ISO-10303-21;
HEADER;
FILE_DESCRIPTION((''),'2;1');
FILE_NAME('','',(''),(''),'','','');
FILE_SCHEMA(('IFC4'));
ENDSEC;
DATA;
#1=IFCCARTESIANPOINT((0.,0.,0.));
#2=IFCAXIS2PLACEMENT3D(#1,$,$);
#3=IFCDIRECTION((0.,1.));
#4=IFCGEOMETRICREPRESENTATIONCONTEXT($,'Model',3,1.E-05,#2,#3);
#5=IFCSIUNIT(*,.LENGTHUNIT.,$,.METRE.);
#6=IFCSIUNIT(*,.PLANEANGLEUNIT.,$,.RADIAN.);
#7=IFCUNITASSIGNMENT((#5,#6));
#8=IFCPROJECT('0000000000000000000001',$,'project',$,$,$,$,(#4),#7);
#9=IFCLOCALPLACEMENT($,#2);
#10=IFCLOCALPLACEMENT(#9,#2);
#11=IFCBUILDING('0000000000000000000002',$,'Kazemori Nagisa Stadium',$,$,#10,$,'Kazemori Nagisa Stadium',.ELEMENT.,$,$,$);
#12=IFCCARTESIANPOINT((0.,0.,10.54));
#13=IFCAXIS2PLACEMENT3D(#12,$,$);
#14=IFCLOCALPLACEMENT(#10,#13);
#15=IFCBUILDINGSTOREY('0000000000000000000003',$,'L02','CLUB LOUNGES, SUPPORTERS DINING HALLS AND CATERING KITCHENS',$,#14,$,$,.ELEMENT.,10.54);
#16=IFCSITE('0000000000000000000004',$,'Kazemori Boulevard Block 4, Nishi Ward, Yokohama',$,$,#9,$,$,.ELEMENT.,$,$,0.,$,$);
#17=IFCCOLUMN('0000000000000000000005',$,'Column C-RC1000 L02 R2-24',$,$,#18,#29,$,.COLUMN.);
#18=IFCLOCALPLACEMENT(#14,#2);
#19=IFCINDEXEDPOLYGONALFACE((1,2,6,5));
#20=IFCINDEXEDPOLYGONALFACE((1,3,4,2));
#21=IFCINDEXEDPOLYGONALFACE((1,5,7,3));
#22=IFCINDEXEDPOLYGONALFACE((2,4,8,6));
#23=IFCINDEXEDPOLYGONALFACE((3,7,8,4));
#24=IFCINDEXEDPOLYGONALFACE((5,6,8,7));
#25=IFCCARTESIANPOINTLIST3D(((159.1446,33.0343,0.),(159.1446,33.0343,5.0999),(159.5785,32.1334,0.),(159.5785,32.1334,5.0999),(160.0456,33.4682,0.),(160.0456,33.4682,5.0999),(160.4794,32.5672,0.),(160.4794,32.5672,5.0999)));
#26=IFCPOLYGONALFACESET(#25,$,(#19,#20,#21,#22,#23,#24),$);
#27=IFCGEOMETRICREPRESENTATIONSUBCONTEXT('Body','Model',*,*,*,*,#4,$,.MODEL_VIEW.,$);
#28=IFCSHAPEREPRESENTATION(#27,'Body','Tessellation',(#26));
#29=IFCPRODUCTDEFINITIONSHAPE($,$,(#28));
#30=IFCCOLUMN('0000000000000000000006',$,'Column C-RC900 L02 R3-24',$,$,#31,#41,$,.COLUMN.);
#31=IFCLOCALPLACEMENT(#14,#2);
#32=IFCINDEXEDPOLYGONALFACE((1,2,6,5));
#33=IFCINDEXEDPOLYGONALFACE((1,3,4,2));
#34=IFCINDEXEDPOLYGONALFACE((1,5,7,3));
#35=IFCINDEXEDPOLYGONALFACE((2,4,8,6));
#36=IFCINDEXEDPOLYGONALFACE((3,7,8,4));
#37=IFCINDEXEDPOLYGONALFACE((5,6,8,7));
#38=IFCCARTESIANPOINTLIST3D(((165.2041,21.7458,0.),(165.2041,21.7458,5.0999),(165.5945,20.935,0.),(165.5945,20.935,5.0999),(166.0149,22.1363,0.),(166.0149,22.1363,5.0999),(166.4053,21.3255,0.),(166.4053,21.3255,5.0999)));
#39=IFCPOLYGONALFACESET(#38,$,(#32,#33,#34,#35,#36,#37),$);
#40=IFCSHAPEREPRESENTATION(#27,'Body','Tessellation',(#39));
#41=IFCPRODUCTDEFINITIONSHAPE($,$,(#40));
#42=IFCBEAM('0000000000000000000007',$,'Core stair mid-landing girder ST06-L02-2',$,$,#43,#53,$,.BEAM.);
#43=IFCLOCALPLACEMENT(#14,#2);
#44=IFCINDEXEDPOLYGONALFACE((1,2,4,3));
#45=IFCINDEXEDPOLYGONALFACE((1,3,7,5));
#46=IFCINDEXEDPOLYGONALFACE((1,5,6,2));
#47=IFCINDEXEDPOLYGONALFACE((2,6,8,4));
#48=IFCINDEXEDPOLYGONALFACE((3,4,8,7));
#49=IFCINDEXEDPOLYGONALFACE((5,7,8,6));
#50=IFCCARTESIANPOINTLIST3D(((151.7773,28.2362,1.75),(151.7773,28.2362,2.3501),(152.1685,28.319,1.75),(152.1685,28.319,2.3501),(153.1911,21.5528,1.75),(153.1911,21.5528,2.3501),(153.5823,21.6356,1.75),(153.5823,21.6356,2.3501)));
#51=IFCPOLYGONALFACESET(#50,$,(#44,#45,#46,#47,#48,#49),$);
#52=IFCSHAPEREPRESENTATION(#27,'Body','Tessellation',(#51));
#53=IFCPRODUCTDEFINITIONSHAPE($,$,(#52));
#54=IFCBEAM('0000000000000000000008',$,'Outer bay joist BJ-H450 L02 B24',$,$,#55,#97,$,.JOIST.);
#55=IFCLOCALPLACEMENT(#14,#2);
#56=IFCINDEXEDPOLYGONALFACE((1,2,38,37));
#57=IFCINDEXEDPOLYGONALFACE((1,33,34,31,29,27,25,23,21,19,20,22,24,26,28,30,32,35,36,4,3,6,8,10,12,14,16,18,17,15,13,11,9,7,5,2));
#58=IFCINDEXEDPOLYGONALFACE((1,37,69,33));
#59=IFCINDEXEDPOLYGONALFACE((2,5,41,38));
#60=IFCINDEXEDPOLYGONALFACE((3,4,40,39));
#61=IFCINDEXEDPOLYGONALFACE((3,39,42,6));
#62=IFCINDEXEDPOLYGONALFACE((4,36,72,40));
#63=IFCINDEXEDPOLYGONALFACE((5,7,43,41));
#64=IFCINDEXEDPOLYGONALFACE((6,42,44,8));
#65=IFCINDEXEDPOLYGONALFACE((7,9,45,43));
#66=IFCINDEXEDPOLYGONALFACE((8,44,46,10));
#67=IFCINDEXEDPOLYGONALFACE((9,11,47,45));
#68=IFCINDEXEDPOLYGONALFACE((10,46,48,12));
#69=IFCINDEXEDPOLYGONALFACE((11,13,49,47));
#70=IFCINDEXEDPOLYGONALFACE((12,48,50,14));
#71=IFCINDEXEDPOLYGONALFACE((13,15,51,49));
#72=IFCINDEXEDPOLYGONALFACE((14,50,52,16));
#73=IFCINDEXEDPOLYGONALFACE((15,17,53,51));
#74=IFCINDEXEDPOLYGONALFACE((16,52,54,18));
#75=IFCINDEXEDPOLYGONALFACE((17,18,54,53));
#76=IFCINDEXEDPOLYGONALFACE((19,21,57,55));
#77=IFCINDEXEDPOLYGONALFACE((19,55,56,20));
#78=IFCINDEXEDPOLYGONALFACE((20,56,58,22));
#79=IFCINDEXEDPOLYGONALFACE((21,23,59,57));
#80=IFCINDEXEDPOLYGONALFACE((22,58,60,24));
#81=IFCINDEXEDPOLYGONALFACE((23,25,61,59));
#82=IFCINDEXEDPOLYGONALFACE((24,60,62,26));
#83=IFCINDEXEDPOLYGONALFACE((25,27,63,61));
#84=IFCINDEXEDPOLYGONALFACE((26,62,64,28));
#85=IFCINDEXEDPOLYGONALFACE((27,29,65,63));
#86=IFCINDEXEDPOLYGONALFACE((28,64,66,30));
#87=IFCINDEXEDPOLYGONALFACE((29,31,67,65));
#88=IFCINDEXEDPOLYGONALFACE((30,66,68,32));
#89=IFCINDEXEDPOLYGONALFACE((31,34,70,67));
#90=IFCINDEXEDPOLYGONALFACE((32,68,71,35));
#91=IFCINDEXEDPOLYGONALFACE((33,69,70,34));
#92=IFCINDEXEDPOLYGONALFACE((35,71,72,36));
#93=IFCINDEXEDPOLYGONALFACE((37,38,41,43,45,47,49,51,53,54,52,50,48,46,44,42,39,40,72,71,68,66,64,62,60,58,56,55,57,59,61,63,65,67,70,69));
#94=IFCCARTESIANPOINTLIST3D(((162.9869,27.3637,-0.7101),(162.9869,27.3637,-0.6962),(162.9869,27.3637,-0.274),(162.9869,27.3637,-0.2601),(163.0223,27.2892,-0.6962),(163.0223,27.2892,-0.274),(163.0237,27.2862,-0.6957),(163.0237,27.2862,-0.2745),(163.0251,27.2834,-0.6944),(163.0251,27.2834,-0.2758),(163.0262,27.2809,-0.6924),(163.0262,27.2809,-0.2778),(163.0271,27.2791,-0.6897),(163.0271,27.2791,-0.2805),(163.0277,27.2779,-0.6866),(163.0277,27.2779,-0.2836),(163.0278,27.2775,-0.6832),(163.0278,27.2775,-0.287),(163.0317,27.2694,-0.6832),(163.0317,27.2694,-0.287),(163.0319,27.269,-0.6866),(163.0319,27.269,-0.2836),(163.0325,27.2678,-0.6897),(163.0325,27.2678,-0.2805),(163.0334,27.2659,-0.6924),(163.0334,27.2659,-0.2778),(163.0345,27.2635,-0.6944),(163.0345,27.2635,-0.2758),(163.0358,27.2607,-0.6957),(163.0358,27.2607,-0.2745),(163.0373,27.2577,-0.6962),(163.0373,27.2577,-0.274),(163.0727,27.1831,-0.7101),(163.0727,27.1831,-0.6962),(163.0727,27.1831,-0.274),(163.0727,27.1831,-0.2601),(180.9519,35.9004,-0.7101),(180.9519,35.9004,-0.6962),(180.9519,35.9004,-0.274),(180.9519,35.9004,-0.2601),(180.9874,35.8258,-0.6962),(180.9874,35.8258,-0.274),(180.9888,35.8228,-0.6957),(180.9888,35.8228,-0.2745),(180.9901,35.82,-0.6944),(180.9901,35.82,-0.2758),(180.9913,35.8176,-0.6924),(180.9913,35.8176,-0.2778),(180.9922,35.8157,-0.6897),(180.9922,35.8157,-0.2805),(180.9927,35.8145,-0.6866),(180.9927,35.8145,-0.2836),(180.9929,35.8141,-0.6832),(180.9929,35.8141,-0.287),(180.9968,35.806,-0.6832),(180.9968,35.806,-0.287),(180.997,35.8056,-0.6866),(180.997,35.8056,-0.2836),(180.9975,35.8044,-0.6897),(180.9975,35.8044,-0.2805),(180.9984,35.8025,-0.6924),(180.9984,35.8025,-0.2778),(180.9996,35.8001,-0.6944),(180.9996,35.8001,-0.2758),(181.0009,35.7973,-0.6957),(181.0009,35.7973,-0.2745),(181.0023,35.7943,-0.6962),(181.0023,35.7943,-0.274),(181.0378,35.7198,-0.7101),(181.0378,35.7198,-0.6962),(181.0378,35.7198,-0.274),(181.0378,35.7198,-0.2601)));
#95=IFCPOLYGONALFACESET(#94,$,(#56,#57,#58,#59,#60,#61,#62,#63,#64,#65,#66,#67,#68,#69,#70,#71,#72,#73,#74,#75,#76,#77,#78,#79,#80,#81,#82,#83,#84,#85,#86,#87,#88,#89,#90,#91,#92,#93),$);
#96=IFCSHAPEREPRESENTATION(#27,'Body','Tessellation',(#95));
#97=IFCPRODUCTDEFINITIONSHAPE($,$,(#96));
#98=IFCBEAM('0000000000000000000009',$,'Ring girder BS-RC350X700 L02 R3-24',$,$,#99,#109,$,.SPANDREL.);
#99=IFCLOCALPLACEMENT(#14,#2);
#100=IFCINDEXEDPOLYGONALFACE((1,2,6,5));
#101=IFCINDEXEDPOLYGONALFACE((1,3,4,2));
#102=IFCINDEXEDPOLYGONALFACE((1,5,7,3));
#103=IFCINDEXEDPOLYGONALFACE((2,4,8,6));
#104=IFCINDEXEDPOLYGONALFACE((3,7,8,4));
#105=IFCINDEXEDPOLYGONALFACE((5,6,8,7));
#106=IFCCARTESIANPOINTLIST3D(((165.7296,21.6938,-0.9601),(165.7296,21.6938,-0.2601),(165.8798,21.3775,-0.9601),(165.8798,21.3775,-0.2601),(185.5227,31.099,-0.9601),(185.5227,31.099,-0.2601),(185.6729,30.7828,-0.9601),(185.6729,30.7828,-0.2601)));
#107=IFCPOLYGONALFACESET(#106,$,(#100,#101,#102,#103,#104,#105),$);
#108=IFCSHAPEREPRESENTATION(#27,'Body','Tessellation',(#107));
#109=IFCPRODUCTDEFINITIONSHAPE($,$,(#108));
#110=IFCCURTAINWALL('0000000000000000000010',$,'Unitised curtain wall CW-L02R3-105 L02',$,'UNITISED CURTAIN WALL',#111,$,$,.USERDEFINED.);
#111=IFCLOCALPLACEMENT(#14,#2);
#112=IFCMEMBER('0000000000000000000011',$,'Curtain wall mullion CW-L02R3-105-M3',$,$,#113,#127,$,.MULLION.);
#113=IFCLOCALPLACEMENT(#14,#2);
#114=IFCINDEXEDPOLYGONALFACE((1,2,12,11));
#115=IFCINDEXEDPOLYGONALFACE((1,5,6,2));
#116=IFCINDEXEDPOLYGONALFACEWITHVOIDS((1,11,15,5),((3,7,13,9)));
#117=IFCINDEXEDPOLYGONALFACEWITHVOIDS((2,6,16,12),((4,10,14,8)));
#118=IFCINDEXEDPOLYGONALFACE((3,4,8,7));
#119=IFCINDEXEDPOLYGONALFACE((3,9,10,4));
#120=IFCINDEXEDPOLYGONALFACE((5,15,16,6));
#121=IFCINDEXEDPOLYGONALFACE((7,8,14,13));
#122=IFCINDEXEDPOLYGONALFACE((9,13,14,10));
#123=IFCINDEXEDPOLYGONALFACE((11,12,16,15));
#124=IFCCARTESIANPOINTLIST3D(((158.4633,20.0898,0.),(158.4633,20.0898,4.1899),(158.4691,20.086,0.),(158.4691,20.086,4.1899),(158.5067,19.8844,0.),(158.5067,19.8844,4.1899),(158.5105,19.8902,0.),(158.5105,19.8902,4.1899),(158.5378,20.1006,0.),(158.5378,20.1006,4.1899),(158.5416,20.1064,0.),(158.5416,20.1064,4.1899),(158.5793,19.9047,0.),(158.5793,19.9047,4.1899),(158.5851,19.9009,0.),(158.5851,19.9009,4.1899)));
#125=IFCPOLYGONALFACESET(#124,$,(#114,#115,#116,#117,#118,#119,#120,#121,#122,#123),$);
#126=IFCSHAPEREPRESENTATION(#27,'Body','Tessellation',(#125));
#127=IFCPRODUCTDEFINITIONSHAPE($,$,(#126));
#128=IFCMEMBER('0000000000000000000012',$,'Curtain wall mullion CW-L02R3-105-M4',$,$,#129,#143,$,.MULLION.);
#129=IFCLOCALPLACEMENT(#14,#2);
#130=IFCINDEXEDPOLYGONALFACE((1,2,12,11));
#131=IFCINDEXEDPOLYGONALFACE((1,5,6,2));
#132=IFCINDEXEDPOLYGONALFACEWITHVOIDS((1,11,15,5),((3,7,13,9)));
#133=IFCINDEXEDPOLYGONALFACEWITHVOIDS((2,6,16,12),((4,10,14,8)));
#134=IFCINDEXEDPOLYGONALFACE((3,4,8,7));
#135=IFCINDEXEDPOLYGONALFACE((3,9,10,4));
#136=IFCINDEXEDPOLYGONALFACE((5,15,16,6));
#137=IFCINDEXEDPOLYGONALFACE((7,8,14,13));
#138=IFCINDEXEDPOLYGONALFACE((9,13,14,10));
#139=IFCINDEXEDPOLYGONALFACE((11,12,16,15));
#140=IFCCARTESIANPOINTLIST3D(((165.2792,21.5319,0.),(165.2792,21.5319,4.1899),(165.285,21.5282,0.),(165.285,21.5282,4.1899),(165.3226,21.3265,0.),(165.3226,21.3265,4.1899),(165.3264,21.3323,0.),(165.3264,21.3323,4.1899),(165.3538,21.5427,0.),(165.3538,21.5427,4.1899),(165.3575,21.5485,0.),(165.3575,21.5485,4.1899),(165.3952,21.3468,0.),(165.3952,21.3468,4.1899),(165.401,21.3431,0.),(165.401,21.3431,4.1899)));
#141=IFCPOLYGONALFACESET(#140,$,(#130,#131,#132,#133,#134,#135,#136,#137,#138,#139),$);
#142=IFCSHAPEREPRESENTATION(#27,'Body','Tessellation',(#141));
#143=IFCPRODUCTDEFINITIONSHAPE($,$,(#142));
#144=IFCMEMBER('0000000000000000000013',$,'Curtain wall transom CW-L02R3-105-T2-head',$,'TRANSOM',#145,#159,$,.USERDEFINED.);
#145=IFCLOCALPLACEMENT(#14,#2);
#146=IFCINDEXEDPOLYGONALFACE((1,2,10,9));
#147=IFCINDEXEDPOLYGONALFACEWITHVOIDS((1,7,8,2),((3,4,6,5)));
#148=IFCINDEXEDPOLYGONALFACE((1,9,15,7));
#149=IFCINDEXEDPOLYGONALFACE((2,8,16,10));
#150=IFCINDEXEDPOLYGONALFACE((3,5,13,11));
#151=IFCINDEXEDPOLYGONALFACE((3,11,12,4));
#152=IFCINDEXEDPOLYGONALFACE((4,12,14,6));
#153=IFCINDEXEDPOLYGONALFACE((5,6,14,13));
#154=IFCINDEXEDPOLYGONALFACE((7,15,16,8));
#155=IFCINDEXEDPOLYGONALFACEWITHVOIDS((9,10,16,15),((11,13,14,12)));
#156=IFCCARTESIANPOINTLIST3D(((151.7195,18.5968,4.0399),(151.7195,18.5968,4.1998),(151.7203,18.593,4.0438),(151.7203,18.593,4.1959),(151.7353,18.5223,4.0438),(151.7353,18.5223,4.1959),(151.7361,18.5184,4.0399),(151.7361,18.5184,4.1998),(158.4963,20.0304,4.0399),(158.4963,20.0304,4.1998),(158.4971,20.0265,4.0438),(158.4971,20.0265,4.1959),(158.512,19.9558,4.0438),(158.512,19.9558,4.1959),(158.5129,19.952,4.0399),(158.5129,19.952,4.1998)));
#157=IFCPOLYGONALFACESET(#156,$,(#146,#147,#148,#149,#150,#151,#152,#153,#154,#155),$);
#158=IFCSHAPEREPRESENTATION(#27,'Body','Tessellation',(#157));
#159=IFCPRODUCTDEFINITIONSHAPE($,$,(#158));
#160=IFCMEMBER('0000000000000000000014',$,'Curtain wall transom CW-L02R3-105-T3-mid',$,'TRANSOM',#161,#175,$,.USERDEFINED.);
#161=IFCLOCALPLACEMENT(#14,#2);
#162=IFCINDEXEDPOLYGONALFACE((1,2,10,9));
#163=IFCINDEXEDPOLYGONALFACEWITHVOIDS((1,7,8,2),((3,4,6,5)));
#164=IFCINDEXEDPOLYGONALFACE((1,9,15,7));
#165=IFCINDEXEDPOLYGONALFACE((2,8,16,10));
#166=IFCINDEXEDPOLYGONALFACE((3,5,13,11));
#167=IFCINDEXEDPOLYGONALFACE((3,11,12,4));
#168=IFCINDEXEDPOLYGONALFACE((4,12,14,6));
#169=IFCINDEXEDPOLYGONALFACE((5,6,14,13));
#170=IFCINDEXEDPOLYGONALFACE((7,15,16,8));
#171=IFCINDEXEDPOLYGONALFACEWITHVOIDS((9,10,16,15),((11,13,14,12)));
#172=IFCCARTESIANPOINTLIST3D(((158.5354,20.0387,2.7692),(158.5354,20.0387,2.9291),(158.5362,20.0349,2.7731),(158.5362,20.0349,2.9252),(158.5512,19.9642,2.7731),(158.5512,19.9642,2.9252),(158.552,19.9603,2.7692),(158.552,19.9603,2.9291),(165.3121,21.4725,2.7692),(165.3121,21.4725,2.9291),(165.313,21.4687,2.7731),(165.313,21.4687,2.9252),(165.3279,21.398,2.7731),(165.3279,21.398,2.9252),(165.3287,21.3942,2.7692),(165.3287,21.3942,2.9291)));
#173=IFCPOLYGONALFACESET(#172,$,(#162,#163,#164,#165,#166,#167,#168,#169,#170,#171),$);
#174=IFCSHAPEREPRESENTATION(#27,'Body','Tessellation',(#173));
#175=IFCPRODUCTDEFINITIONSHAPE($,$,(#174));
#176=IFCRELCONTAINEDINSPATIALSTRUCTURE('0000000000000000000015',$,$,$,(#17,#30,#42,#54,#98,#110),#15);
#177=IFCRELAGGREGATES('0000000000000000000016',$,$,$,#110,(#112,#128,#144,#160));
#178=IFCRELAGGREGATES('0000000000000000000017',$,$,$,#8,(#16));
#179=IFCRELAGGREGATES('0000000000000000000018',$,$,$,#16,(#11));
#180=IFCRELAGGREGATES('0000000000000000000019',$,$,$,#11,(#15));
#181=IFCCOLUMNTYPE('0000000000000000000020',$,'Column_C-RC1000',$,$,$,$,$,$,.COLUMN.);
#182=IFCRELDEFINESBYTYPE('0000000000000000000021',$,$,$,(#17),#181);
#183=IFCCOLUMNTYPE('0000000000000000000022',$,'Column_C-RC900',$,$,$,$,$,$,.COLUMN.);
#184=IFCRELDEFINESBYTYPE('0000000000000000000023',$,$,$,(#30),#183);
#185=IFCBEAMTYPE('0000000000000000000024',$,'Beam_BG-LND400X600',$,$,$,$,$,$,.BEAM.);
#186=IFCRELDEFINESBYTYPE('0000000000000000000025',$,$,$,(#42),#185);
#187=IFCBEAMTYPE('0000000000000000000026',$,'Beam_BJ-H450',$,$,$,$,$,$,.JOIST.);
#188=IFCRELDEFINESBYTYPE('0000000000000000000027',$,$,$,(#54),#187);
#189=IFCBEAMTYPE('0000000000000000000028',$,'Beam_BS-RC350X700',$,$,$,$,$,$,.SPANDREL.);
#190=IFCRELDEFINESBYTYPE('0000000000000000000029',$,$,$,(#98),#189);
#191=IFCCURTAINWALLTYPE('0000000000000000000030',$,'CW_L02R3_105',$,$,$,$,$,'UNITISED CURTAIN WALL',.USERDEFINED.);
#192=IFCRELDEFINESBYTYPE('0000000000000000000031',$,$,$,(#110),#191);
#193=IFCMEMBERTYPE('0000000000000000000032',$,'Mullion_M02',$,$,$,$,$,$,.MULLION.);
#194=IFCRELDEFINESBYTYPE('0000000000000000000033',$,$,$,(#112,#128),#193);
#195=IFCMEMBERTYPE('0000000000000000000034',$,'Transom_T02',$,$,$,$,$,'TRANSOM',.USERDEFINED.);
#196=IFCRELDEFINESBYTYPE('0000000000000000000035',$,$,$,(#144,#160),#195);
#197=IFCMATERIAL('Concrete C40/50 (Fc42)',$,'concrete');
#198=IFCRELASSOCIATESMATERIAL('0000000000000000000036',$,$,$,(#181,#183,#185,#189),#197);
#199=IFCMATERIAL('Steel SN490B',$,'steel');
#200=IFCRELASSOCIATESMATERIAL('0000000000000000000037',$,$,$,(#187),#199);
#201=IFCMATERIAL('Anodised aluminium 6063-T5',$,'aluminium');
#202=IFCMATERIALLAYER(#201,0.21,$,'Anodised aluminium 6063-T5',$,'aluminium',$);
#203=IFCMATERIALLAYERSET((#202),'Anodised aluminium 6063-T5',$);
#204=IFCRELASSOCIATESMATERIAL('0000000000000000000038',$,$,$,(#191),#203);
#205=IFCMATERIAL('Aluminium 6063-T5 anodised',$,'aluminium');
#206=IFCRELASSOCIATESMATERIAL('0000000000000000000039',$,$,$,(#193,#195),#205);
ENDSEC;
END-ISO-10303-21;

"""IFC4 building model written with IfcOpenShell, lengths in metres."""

from ifc_helpers import new_model, si_unit, direction, frame, origin, origin_2d, place, context, subcontext, project, spatial, rectangle, hollow_rectangle, i_section, extrude, material, layer, layer_set, material_profile, profile_set, type_object, element, aggregate, save


model = new_model("IFC4")

# Units and contexts
model_context = context("Model", 3, precision=1e-05, world=origin(), true_north=direction((0.0, 1.0)))
body_context = subcontext(model_context, "Body", "Model", "MODEL_VIEW")
ifc_project = project(units=[si_unit("LENGTHUNIT", "METRE"), si_unit("PLANEANGLEUNIT", "RADIAN")], contexts=[model_context])

# Site, building, storey
site_placement = place(None, origin())
site = spatial("IfcSite", under=ifc_project, at=site_placement, Name="Kazemori Boulevard Block 4, Nishi Ward, Yokohama", CompositionType="ELEMENT", RefElevation=0.0)
building_placement = place(site_placement, origin())
building = spatial("IfcBuilding", under=site, at=building_placement, Name="Kazemori Nagisa Stadium", LongName="Kazemori Nagisa Stadium", CompositionType="ELEMENT")
storey_placement = place(building_placement, frame((0.0, 0.0, 10.54)))
storey = spatial("IfcBuildingStorey", under=building, at=storey_placement, Name="L02", Description="CLUB LOUNGES, SUPPORTERS DINING HALLS AND CATERING KITCHENS", CompositionType="ELEMENT", Elevation=10.54)

# Columns
ifc_material_1 = material(Name="Concrete C40/50 (Fc42)", Category="concrete")
ifc_material_profile_1 = material_profile(ifc_material_1, rectangle(XDim=1.0, YDim=1.0, at=origin_2d()), Name="RC-COL-1000x1000")
ifc_profile_set_1 = profile_set([ifc_material_profile_1], Name="Concrete C40/50 (Fc42)")
column_type_1 = type_object("IfcColumnType", Name="Column_C-RC1000", PredefinedType="COLUMN", material=ifc_profile_set_1)
column_1_placement = place(storey_placement, frame((159.812, 32.8008, 0.0), z_axis=(0.0, 0.0, 1.0), x_axis=(0.433884, -0.900969, 0.0)))
element("IfcColumn", 1, at=column_1_placement, inside=storey, type_object=column_type_1, Name="Column C-RC1000 L02 R2-24", PredefinedType="COLUMN", context=body_context, shape_type="SweptSolid", body=[
    extrude(rectangle(XDim=1.0, YDim=1.0, at=origin_2d()), origin(), (0.0, 0.0, 1.0), 5.0999),
])
ifc_material_profile_2 = material_profile(ifc_material_1, rectangle(XDim=0.8999, YDim=0.8999, at=origin_2d()), Name="RC-COL-900x900")
ifc_profile_set_2 = profile_set([ifc_material_profile_2], Name="Concrete C40/50 (Fc42)")
column_type_2 = type_object("IfcColumnType", Name="Column_C-RC900", PredefinedType="COLUMN", material=ifc_profile_set_2)
column_2_placement = place(storey_placement, frame((165.8047, 21.5356, 0.0), z_axis=(0.0, 0.0, 1.0), x_axis=(0.433884, -0.900969, 0.0)))
element("IfcColumn", 2, at=column_2_placement, inside=storey, type_object=column_type_2, Name="Column C-RC900 L02 R3-24", PredefinedType="COLUMN", context=body_context, shape_type="SweptSolid", body=[
    extrude(rectangle(XDim=0.8999, YDim=0.8999, at=origin_2d()), origin(), (0.0, 0.0, 1.0), 5.0999),
])

# Beams
ifc_material_profile_3 = material_profile(ifc_material_1, rectangle(XDim=0.3999, YDim=0.6001, at=origin_2d()), Name="RC-BM-400x600")
ifc_profile_set_3 = profile_set([ifc_material_profile_3], Name="Concrete C40/50 (Fc42)")
beam_type_1 = type_object("IfcBeamType", Name="Beam_BG-LND400X600", PredefinedType="BEAM", material=ifc_profile_set_3)
beam_1_placement = place(storey_placement, frame((151.9729, 28.2776, 2.05), z_axis=(0.206963, -0.978349, 0.0), x_axis=(0.978349, 0.206963, 0.0)))
element("IfcBeam", 3, at=beam_1_placement, inside=storey, type_object=beam_type_1, Name="Core stair mid-landing girder ST06-L02-2", PredefinedType="BEAM", context=body_context, shape_type="SweptSolid", body=[
    extrude(rectangle(XDim=0.3999, YDim=0.6001, at=origin_2d()), origin(), (0.0, 0.0, 1.0), 6.8313),
])
ifc_material_2 = material(Name="Steel SN490B", Category="steel")
ifc_material_profile_4 = material_profile(ifc_material_2, i_section(OverallWidth=0.2, OverallDepth=0.45, WebThickness=0.009, FlangeThickness=0.0139, FilletRadius=0.0129, at=origin_2d()), Name="H-450x200x9x14")
ifc_profile_set_4 = profile_set([ifc_material_profile_4], Name="Steel SN490B")
beam_type_2 = type_object("IfcBeamType", Name="Beam_BJ-H450", PredefinedType="JOIST", material=ifc_profile_set_4)
beam_2_placement = place(storey_placement, frame((163.0298, 27.2734, -0.4851), z_axis=(0.903215, 0.429188, 0.0), x_axis=(-0.429188, 0.903215, 0.0)))
element("IfcBeam", 4, at=beam_2_placement, inside=storey, type_object=beam_type_2, Name="Outer bay joist BJ-H450 L02 B24", PredefinedType="JOIST", context=body_context, shape_type="SweptSolid", body=[
    extrude(i_section(OverallWidth=0.2, OverallDepth=0.45, WebThickness=0.009, FlangeThickness=0.0139, FilletRadius=0.0129, at=origin_2d()), origin(), (0.0, 0.0, 1.0), 19.8901),
])
ifc_material_profile_5 = material_profile(ifc_material_1, rectangle(XDim=0.3501, YDim=0.7, at=origin_2d()), Name="RC-SP-350x700")
ifc_profile_set_5 = profile_set([ifc_material_profile_5], Name="Concrete C40/50 (Fc42)")
beam_type_3 = type_object("IfcBeamType", Name="Beam_BS-RC350X700", PredefinedType="SPANDREL", material=ifc_profile_set_5)
beam_3_placement = place(storey_placement, frame((165.8047, 21.5356, -0.6101), z_axis=(0.903216, 0.429187, 0.0), x_axis=(-0.429187, 0.903216, 0.0)))
element("IfcBeam", 5, at=beam_3_placement, inside=storey, type_object=beam_type_3, Name="Ring girder BS-RC350X700 L02 R3-24", PredefinedType="SPANDREL", context=body_context, shape_type="SweptSolid", body=[
    extrude(rectangle(XDim=0.3501, YDim=0.7, at=origin_2d()), origin(), (0.0, 0.0, 1.0), 21.9141),
])

# Curtain wall, members
ifc_material_3 = material(Name="Anodised aluminium 6063-T5", Category="aluminium")
ifc_layer_1 = layer(ifc_material_3, 0.21, Name="Anodised aluminium 6063-T5", Category="aluminium")
ifc_layer_set_1 = layer_set([ifc_layer_1], Name="Anodised aluminium 6063-T5")
curtain_wall_type = type_object("IfcCurtainWallType", Name="CW_L02R3_105", ElementType="UNITISED CURTAIN WALL", PredefinedType="USERDEFINED", material=ifc_layer_set_1)
curtain_wall_placement = place(storey_placement, origin())
curtain_wall = element("IfcCurtainWall", 6, at=curtain_wall_placement, inside=storey, type_object=curtain_wall_type, Name="Unitised curtain wall CW-L02R3-105 L02", ObjectType="UNITISED CURTAIN WALL", PredefinedType="USERDEFINED")
ifc_material_4 = material(Name="Aluminium 6063-T5 anodised", Category="aluminium")
ifc_material_profile_6 = material_profile(ifc_material_4, hollow_rectangle(XDim=0.0801, YDim=0.21, WallThickness=0.0049, at=origin_2d()), Name="ALU-MULL-80x210x5")
ifc_profile_set_6 = profile_set([ifc_material_profile_6], Name="Aluminium 6063-T5 anodised")
member_type_1 = type_object("IfcMemberType", Name="Mullion_M02", PredefinedType="MULLION", material=ifc_profile_set_6)
member_1_placement = place(storey_placement, frame((158.5242, 19.9954, 0.0), z_axis=(0.0, 0.0, 1.0), x_axis=(0.978345, 0.206981, 0.0)))
member_1 = element("IfcMember", 7, at=member_1_placement, type_object=member_type_1, Name="Curtain wall mullion CW-L02R3-105-M3", PredefinedType="MULLION", context=body_context, shape_type="SweptSolid", body=[
    extrude(hollow_rectangle(XDim=0.0801, YDim=0.21, WallThickness=0.0049, at=origin_2d()), origin(), (0.0, 0.0, 1.0), 4.1899),
])
member_2_placement = place(storey_placement, frame((165.3401, 21.4375, 0.0), z_axis=(0.0, 0.0, 1.0), x_axis=(0.978345, 0.206981, 0.0)))
member_2 = element("IfcMember", 8, at=member_2_placement, type_object=member_type_1, Name="Curtain wall mullion CW-L02R3-105-M4", PredefinedType="MULLION", context=body_context, shape_type="SweptSolid", body=[
    extrude(hollow_rectangle(XDim=0.0801, YDim=0.21, WallThickness=0.0049, at=origin_2d()), origin(), (0.0, 0.0, 1.0), 4.1899),
])
ifc_material_profile_7 = material_profile(ifc_material_4, hollow_rectangle(XDim=0.0801, YDim=0.1599, WallThickness=0.0039, at=origin_2d()), Name="ALU-TRAN-80x160x4")
ifc_profile_set_7 = profile_set([ifc_material_profile_7], Name="Aluminium 6063-T5 anodised")
member_type_2 = type_object("IfcMemberType", Name="Transom_T02", ElementType="TRANSOM", PredefinedType="USERDEFINED", material=ifc_profile_set_7)
member_3_placement = place(storey_placement, frame((151.7278, 18.5576, 4.1199), z_axis=(0.978349, 0.206962, 0.0), x_axis=(-0.206962, 0.978349, 0.0)))
member_3 = element("IfcMember", 9, at=member_3_placement, type_object=member_type_2, Name="Curtain wall transom CW-L02R3-105-T2-head", ObjectType="TRANSOM", PredefinedType="USERDEFINED", context=body_context, shape_type="SweptSolid", body=[
    extrude(hollow_rectangle(XDim=0.0801, YDim=0.1599, WallThickness=0.0039, at=origin_2d()), origin(), (0.0, 0.0, 1.0), 6.9268),
])
member_4_placement = place(storey_placement, frame((158.5437, 19.9995, 2.8491), z_axis=(0.978342, 0.206996, 0.0), x_axis=(-0.206996, 0.978342, 0.0)))
member_4 = element("IfcMember", 10, at=member_4_placement, type_object=member_type_2, Name="Curtain wall transom CW-L02R3-105-T3-mid", ObjectType="TRANSOM", PredefinedType="USERDEFINED", context=body_context, shape_type="SweptSolid", body=[
    extrude(hollow_rectangle(XDim=0.0801, YDim=0.1599, WallThickness=0.0039, at=origin_2d()), origin(), (0.0, 0.0, 1.0), 6.9268),
])
aggregate(curtain_wall, [member_1, member_2, member_3, member_4])

save(model, "model.ifc")
